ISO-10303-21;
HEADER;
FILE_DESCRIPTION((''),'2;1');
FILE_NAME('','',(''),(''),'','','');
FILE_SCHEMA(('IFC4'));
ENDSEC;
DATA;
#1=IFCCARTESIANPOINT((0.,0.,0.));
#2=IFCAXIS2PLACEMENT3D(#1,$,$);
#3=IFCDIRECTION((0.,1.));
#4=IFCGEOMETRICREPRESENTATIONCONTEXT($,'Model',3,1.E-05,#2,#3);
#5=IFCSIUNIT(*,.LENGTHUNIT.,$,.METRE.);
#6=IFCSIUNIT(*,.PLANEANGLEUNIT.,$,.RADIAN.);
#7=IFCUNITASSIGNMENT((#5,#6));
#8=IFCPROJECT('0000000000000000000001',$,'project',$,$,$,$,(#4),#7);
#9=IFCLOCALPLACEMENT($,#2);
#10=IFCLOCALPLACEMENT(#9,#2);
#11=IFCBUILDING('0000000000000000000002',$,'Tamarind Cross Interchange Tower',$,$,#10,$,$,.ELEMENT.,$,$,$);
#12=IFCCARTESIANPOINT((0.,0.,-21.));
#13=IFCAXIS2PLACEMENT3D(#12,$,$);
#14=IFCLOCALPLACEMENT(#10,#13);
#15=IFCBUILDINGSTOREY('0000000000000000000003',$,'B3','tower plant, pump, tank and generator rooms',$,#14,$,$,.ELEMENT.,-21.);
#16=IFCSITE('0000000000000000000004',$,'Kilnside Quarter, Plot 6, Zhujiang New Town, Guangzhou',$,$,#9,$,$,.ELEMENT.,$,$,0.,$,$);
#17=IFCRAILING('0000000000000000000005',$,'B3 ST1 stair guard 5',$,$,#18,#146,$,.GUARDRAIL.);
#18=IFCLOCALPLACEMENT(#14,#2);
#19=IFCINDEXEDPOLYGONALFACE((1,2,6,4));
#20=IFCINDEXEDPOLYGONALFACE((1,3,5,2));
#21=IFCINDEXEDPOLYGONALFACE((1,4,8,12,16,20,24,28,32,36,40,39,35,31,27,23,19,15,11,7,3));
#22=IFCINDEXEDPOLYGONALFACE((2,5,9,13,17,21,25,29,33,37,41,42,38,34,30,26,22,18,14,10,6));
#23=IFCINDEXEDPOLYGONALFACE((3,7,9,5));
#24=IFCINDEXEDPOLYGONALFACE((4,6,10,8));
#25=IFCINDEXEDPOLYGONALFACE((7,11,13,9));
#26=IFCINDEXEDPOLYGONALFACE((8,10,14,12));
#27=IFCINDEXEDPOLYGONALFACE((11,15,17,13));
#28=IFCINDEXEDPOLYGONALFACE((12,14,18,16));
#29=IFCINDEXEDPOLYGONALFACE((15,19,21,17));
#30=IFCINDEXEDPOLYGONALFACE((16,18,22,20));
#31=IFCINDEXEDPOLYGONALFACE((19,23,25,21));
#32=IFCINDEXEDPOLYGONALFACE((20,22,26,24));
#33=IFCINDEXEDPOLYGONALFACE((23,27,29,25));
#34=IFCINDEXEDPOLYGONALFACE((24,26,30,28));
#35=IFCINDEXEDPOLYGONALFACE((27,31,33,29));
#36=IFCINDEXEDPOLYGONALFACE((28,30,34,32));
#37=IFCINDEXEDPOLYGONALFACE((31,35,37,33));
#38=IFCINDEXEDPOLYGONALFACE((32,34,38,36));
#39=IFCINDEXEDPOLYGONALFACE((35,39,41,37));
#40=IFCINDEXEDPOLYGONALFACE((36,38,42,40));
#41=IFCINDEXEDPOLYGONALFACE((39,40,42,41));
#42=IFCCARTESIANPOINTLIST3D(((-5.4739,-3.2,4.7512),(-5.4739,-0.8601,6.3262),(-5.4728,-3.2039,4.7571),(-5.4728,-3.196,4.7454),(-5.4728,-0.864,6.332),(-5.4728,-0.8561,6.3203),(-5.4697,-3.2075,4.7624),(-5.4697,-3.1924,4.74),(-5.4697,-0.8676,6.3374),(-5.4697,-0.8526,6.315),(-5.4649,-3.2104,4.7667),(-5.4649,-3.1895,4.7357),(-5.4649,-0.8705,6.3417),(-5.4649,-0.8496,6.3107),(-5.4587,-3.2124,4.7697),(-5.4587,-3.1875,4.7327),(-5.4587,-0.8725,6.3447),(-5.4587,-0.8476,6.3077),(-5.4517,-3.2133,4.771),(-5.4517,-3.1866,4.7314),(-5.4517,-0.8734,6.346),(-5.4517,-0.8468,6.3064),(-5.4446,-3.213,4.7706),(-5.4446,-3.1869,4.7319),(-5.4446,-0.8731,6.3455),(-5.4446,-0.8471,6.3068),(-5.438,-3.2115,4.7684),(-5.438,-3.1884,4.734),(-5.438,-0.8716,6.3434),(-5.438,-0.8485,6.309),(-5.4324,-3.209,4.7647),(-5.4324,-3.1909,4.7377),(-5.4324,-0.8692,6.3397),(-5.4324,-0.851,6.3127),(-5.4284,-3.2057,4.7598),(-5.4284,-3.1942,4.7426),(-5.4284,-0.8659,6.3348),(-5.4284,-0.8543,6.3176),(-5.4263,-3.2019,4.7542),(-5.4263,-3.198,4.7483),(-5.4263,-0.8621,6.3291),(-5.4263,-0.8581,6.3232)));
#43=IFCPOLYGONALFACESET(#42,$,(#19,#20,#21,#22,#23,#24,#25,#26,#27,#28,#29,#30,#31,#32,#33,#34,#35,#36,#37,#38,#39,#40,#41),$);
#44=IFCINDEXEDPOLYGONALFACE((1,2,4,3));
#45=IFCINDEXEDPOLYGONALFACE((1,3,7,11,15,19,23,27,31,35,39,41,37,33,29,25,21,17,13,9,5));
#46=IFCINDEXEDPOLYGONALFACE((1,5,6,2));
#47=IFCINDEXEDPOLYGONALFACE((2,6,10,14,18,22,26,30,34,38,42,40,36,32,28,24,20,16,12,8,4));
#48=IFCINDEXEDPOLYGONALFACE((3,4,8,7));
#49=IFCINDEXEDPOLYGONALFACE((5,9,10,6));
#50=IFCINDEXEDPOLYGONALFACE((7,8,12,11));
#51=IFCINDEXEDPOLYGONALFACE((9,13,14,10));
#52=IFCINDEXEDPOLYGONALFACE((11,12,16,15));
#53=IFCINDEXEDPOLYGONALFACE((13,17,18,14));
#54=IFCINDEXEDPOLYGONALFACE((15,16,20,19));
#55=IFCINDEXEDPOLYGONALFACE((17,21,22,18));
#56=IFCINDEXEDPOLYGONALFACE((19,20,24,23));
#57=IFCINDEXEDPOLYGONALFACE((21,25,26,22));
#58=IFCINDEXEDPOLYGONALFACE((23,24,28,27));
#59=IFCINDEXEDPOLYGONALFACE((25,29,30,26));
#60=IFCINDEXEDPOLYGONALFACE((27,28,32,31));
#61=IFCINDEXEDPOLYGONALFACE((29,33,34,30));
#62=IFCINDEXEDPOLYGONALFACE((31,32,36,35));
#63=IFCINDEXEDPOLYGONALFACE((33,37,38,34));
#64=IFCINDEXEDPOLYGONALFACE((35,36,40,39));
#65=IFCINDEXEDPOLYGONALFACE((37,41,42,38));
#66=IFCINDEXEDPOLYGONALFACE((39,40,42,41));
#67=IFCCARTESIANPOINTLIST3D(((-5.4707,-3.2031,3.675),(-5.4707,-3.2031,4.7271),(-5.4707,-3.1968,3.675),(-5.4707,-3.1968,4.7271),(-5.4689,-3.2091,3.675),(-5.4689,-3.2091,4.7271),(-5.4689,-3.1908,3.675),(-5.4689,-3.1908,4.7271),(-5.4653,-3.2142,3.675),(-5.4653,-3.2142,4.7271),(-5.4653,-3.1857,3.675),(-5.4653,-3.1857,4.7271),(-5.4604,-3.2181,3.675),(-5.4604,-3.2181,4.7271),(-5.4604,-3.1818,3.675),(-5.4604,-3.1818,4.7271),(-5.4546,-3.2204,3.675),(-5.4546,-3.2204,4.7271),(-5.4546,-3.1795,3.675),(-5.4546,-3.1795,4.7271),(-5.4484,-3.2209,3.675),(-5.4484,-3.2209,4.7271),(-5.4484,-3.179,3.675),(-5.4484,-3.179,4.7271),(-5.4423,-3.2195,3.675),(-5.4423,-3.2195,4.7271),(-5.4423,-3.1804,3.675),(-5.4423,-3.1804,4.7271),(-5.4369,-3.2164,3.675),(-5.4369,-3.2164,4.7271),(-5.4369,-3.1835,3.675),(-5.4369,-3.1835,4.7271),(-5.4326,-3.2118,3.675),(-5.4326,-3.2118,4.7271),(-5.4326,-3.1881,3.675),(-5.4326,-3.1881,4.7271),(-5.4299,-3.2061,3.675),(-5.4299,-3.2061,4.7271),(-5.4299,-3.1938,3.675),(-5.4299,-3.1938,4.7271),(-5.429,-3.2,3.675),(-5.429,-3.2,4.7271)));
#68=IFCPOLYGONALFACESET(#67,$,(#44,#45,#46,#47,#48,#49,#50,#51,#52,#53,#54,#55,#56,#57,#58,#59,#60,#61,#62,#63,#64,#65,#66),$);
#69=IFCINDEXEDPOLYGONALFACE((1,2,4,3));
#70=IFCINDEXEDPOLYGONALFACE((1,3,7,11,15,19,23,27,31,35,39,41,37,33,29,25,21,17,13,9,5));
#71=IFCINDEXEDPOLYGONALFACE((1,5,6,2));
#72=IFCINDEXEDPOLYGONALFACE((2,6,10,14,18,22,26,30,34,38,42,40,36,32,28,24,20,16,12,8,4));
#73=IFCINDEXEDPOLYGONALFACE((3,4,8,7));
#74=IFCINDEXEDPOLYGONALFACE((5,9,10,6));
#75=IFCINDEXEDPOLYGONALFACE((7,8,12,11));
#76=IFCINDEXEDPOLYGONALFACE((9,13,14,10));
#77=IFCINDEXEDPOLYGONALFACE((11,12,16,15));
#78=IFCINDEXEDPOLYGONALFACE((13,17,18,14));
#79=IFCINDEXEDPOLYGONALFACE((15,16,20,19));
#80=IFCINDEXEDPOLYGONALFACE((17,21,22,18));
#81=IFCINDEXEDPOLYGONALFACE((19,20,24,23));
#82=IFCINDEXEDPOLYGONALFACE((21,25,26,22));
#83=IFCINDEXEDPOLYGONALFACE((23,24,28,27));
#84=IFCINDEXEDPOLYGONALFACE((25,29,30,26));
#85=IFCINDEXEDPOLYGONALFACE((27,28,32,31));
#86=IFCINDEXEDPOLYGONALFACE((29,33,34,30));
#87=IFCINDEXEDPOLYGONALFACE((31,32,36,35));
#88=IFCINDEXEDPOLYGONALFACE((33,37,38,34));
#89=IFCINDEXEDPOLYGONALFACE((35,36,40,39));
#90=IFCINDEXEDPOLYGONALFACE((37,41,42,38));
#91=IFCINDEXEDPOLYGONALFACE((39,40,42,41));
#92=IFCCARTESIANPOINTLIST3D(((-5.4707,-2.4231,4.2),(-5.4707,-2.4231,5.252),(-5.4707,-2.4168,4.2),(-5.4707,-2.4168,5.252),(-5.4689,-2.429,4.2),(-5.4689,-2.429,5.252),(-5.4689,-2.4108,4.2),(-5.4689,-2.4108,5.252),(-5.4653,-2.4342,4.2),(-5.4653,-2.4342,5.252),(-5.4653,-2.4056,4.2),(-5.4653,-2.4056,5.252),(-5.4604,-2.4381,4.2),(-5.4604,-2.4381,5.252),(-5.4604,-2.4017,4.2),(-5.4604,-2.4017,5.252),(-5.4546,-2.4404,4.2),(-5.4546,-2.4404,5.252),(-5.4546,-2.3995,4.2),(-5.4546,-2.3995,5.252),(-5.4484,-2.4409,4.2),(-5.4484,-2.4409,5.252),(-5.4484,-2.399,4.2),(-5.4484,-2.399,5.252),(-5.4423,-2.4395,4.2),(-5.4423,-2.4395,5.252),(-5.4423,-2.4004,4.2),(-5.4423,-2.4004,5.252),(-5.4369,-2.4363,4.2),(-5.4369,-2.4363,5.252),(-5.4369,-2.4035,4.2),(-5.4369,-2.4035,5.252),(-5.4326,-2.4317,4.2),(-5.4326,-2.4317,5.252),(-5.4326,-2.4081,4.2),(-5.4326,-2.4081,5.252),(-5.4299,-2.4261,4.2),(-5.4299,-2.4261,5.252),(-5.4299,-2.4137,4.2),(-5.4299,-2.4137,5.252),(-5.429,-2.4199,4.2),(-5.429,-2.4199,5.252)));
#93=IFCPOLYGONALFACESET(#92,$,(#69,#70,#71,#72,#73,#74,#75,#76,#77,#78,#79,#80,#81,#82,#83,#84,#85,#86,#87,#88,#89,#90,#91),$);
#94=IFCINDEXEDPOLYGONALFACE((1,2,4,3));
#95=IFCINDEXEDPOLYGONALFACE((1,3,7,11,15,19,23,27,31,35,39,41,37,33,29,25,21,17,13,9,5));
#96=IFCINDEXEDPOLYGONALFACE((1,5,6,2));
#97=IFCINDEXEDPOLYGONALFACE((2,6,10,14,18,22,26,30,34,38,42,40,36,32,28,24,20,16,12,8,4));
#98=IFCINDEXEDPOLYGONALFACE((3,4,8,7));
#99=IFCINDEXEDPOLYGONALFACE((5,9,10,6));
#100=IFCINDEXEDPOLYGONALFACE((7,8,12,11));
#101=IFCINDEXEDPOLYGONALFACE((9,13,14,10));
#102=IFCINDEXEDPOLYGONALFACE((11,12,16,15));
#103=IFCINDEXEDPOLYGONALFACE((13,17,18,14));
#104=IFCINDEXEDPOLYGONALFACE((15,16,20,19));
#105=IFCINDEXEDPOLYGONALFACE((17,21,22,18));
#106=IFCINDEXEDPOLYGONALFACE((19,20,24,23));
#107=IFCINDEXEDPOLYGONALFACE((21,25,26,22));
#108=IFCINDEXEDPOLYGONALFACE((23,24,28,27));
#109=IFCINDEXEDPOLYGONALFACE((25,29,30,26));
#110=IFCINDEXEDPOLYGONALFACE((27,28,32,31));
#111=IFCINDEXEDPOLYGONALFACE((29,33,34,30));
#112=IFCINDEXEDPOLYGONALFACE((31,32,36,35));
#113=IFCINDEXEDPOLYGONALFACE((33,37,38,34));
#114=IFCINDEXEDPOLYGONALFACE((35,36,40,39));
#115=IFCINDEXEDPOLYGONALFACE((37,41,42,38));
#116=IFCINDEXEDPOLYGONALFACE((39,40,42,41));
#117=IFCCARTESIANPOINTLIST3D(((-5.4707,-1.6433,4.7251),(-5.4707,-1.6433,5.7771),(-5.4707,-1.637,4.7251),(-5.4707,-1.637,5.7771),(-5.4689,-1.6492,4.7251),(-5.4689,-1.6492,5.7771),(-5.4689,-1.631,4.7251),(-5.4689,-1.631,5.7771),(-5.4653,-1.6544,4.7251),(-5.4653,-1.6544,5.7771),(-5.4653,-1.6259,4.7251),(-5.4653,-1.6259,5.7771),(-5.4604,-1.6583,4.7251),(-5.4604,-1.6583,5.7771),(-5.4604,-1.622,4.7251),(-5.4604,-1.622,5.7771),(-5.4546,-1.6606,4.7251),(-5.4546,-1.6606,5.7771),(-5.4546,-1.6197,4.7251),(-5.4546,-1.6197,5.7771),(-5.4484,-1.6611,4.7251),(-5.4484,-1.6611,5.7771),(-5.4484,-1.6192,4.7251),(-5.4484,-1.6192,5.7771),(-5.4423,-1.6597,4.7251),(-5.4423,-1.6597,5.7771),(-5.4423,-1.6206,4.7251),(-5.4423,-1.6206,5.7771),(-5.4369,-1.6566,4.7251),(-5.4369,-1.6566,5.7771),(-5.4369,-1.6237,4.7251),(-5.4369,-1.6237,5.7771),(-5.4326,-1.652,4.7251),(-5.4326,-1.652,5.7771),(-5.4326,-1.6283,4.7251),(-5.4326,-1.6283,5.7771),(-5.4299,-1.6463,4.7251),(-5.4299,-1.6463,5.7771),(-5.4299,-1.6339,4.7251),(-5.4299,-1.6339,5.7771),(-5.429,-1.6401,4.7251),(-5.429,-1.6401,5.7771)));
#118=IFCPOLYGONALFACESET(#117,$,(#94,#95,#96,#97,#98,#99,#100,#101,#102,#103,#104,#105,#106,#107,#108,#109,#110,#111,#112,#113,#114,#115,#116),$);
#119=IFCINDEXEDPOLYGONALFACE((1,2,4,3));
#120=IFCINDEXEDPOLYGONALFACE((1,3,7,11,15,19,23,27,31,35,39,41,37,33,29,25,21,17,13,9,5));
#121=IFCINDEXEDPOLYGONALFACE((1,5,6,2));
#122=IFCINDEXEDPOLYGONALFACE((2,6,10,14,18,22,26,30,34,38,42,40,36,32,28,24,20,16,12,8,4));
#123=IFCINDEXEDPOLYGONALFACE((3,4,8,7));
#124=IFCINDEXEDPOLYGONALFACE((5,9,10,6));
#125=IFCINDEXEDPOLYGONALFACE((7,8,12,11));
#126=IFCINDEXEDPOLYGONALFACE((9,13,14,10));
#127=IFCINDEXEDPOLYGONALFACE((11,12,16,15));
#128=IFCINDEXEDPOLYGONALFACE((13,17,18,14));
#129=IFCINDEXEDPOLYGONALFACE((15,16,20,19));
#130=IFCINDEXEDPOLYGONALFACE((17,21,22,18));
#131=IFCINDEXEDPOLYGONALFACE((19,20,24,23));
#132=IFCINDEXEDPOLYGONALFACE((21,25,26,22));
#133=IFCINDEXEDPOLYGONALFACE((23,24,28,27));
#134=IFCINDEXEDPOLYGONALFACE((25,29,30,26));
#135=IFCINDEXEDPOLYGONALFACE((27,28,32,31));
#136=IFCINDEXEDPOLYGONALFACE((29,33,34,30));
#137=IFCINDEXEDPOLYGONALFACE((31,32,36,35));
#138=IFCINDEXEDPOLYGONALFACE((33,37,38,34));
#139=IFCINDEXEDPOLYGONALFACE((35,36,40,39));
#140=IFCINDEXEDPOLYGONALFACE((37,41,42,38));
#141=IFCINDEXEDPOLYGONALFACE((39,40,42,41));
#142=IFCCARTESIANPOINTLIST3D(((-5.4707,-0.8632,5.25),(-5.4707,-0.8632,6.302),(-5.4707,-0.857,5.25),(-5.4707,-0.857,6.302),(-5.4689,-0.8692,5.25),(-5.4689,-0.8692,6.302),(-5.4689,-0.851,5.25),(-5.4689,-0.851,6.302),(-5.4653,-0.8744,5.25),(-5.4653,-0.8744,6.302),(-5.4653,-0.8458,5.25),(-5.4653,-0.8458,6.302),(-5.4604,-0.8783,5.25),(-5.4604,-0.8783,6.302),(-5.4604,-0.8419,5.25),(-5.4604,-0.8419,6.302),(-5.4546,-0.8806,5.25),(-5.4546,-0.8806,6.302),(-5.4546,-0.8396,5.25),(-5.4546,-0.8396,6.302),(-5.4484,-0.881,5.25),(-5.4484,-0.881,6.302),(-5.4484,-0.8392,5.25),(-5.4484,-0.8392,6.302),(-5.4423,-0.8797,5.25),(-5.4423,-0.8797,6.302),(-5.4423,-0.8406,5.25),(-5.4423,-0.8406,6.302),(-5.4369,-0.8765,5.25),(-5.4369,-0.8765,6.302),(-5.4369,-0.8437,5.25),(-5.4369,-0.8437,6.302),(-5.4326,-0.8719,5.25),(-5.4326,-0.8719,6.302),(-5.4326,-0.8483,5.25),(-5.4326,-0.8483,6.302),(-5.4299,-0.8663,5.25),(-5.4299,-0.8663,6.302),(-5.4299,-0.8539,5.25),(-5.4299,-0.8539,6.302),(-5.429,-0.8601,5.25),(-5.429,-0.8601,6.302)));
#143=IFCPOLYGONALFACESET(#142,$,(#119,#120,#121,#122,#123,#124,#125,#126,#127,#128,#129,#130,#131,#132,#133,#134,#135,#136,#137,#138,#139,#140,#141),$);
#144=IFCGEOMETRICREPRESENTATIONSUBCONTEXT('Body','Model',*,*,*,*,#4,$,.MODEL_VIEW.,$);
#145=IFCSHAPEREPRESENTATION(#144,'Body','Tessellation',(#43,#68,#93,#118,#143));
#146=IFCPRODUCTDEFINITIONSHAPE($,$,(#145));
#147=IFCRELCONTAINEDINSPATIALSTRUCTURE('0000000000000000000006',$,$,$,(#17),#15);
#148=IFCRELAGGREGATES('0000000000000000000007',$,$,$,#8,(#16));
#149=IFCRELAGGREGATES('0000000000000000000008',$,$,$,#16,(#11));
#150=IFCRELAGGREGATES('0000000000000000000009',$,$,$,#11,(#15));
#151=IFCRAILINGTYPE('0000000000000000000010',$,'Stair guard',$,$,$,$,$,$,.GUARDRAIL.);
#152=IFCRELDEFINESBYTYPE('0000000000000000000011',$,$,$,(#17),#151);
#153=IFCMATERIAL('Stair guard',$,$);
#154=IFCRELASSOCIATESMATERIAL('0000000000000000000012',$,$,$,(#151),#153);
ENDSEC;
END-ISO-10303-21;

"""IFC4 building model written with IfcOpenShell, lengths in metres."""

from ifc_helpers import new_model, si_unit, direction, frame, origin, origin_2d, place, context, subcontext, project, spatial, circle, extrude, material, type_object, element, save


model = new_model("IFC4")

# Units and contexts
model_context = context("Model", 3, precision=1e-05, world=origin(), true_north=direction((0.0, 1.0)))
body_context = subcontext(model_context, "Body", "Model", "MODEL_VIEW")
ifc_project = project(units=[si_unit("LENGTHUNIT", "METRE"), si_unit("PLANEANGLEUNIT", "RADIAN")], contexts=[model_context])

# Site, building, storey
site_placement = place(None, origin())
site = spatial("IfcSite", under=ifc_project, at=site_placement, Name="Kilnside Quarter, Plot 6, Zhujiang New Town, Guangzhou", CompositionType="ELEMENT", RefElevation=0.0)
building_placement = place(site_placement, origin())
building = spatial("IfcBuilding", under=site, at=building_placement, Name="Tamarind Cross Interchange Tower", CompositionType="ELEMENT")
storey_placement = place(building_placement, frame((0.0, 0.0, -21.0)))
storey = spatial("IfcBuildingStorey", under=building, at=storey_placement, Name="B3", Description="tower plant, pump, tank and generator rooms", CompositionType="ELEMENT", Elevation=-21.0)

# Railing
ifc_material_1 = material(Name="Stair guard")
railing_type_1 = type_object("IfcRailingType", Name="Stair guard", PredefinedType="GUARDRAIL", material=ifc_material_1)
railing_1_placement = place(storey_placement, frame((-5.45, -3.2, 3.675)))
element("IfcRailing", 1, at=railing_1_placement, inside=storey, type_object=railing_type_1, Name="B3 ST1 stair guard 5", PredefinedType="GUARDRAIL", context=body_context, shape_type="SweptSolid", body=[
    extrude(circle(Radius=0.0239, at=origin_2d()), frame((0.0, 0.0, 1.0762), z_axis=(0.0, 0.829578, 0.55839), x_axis=(-1.0, 0.0, 0.0)), (0.0, 0.0, 1.0), 2.8206),
    extrude(circle(Radius=0.021, at=origin_2d()), origin(), (0.0, 0.0, 1.0), 1.052),
    extrude(circle(Radius=0.021, at=origin_2d()), frame((0.0, 0.78, 0.5249)), (0.0, 0.0, 1.0), 1.052),
    extrude(circle(Radius=0.021, at=origin_2d()), frame((0.0, 1.5598, 1.05)), (0.0, 0.0, 1.0), 1.052),
    extrude(circle(Radius=0.021, at=origin_2d()), frame((0.0, 2.3398, 1.575)), (0.0, 0.0, 1.0), 1.052),
])

save(model, "model.ifc")
